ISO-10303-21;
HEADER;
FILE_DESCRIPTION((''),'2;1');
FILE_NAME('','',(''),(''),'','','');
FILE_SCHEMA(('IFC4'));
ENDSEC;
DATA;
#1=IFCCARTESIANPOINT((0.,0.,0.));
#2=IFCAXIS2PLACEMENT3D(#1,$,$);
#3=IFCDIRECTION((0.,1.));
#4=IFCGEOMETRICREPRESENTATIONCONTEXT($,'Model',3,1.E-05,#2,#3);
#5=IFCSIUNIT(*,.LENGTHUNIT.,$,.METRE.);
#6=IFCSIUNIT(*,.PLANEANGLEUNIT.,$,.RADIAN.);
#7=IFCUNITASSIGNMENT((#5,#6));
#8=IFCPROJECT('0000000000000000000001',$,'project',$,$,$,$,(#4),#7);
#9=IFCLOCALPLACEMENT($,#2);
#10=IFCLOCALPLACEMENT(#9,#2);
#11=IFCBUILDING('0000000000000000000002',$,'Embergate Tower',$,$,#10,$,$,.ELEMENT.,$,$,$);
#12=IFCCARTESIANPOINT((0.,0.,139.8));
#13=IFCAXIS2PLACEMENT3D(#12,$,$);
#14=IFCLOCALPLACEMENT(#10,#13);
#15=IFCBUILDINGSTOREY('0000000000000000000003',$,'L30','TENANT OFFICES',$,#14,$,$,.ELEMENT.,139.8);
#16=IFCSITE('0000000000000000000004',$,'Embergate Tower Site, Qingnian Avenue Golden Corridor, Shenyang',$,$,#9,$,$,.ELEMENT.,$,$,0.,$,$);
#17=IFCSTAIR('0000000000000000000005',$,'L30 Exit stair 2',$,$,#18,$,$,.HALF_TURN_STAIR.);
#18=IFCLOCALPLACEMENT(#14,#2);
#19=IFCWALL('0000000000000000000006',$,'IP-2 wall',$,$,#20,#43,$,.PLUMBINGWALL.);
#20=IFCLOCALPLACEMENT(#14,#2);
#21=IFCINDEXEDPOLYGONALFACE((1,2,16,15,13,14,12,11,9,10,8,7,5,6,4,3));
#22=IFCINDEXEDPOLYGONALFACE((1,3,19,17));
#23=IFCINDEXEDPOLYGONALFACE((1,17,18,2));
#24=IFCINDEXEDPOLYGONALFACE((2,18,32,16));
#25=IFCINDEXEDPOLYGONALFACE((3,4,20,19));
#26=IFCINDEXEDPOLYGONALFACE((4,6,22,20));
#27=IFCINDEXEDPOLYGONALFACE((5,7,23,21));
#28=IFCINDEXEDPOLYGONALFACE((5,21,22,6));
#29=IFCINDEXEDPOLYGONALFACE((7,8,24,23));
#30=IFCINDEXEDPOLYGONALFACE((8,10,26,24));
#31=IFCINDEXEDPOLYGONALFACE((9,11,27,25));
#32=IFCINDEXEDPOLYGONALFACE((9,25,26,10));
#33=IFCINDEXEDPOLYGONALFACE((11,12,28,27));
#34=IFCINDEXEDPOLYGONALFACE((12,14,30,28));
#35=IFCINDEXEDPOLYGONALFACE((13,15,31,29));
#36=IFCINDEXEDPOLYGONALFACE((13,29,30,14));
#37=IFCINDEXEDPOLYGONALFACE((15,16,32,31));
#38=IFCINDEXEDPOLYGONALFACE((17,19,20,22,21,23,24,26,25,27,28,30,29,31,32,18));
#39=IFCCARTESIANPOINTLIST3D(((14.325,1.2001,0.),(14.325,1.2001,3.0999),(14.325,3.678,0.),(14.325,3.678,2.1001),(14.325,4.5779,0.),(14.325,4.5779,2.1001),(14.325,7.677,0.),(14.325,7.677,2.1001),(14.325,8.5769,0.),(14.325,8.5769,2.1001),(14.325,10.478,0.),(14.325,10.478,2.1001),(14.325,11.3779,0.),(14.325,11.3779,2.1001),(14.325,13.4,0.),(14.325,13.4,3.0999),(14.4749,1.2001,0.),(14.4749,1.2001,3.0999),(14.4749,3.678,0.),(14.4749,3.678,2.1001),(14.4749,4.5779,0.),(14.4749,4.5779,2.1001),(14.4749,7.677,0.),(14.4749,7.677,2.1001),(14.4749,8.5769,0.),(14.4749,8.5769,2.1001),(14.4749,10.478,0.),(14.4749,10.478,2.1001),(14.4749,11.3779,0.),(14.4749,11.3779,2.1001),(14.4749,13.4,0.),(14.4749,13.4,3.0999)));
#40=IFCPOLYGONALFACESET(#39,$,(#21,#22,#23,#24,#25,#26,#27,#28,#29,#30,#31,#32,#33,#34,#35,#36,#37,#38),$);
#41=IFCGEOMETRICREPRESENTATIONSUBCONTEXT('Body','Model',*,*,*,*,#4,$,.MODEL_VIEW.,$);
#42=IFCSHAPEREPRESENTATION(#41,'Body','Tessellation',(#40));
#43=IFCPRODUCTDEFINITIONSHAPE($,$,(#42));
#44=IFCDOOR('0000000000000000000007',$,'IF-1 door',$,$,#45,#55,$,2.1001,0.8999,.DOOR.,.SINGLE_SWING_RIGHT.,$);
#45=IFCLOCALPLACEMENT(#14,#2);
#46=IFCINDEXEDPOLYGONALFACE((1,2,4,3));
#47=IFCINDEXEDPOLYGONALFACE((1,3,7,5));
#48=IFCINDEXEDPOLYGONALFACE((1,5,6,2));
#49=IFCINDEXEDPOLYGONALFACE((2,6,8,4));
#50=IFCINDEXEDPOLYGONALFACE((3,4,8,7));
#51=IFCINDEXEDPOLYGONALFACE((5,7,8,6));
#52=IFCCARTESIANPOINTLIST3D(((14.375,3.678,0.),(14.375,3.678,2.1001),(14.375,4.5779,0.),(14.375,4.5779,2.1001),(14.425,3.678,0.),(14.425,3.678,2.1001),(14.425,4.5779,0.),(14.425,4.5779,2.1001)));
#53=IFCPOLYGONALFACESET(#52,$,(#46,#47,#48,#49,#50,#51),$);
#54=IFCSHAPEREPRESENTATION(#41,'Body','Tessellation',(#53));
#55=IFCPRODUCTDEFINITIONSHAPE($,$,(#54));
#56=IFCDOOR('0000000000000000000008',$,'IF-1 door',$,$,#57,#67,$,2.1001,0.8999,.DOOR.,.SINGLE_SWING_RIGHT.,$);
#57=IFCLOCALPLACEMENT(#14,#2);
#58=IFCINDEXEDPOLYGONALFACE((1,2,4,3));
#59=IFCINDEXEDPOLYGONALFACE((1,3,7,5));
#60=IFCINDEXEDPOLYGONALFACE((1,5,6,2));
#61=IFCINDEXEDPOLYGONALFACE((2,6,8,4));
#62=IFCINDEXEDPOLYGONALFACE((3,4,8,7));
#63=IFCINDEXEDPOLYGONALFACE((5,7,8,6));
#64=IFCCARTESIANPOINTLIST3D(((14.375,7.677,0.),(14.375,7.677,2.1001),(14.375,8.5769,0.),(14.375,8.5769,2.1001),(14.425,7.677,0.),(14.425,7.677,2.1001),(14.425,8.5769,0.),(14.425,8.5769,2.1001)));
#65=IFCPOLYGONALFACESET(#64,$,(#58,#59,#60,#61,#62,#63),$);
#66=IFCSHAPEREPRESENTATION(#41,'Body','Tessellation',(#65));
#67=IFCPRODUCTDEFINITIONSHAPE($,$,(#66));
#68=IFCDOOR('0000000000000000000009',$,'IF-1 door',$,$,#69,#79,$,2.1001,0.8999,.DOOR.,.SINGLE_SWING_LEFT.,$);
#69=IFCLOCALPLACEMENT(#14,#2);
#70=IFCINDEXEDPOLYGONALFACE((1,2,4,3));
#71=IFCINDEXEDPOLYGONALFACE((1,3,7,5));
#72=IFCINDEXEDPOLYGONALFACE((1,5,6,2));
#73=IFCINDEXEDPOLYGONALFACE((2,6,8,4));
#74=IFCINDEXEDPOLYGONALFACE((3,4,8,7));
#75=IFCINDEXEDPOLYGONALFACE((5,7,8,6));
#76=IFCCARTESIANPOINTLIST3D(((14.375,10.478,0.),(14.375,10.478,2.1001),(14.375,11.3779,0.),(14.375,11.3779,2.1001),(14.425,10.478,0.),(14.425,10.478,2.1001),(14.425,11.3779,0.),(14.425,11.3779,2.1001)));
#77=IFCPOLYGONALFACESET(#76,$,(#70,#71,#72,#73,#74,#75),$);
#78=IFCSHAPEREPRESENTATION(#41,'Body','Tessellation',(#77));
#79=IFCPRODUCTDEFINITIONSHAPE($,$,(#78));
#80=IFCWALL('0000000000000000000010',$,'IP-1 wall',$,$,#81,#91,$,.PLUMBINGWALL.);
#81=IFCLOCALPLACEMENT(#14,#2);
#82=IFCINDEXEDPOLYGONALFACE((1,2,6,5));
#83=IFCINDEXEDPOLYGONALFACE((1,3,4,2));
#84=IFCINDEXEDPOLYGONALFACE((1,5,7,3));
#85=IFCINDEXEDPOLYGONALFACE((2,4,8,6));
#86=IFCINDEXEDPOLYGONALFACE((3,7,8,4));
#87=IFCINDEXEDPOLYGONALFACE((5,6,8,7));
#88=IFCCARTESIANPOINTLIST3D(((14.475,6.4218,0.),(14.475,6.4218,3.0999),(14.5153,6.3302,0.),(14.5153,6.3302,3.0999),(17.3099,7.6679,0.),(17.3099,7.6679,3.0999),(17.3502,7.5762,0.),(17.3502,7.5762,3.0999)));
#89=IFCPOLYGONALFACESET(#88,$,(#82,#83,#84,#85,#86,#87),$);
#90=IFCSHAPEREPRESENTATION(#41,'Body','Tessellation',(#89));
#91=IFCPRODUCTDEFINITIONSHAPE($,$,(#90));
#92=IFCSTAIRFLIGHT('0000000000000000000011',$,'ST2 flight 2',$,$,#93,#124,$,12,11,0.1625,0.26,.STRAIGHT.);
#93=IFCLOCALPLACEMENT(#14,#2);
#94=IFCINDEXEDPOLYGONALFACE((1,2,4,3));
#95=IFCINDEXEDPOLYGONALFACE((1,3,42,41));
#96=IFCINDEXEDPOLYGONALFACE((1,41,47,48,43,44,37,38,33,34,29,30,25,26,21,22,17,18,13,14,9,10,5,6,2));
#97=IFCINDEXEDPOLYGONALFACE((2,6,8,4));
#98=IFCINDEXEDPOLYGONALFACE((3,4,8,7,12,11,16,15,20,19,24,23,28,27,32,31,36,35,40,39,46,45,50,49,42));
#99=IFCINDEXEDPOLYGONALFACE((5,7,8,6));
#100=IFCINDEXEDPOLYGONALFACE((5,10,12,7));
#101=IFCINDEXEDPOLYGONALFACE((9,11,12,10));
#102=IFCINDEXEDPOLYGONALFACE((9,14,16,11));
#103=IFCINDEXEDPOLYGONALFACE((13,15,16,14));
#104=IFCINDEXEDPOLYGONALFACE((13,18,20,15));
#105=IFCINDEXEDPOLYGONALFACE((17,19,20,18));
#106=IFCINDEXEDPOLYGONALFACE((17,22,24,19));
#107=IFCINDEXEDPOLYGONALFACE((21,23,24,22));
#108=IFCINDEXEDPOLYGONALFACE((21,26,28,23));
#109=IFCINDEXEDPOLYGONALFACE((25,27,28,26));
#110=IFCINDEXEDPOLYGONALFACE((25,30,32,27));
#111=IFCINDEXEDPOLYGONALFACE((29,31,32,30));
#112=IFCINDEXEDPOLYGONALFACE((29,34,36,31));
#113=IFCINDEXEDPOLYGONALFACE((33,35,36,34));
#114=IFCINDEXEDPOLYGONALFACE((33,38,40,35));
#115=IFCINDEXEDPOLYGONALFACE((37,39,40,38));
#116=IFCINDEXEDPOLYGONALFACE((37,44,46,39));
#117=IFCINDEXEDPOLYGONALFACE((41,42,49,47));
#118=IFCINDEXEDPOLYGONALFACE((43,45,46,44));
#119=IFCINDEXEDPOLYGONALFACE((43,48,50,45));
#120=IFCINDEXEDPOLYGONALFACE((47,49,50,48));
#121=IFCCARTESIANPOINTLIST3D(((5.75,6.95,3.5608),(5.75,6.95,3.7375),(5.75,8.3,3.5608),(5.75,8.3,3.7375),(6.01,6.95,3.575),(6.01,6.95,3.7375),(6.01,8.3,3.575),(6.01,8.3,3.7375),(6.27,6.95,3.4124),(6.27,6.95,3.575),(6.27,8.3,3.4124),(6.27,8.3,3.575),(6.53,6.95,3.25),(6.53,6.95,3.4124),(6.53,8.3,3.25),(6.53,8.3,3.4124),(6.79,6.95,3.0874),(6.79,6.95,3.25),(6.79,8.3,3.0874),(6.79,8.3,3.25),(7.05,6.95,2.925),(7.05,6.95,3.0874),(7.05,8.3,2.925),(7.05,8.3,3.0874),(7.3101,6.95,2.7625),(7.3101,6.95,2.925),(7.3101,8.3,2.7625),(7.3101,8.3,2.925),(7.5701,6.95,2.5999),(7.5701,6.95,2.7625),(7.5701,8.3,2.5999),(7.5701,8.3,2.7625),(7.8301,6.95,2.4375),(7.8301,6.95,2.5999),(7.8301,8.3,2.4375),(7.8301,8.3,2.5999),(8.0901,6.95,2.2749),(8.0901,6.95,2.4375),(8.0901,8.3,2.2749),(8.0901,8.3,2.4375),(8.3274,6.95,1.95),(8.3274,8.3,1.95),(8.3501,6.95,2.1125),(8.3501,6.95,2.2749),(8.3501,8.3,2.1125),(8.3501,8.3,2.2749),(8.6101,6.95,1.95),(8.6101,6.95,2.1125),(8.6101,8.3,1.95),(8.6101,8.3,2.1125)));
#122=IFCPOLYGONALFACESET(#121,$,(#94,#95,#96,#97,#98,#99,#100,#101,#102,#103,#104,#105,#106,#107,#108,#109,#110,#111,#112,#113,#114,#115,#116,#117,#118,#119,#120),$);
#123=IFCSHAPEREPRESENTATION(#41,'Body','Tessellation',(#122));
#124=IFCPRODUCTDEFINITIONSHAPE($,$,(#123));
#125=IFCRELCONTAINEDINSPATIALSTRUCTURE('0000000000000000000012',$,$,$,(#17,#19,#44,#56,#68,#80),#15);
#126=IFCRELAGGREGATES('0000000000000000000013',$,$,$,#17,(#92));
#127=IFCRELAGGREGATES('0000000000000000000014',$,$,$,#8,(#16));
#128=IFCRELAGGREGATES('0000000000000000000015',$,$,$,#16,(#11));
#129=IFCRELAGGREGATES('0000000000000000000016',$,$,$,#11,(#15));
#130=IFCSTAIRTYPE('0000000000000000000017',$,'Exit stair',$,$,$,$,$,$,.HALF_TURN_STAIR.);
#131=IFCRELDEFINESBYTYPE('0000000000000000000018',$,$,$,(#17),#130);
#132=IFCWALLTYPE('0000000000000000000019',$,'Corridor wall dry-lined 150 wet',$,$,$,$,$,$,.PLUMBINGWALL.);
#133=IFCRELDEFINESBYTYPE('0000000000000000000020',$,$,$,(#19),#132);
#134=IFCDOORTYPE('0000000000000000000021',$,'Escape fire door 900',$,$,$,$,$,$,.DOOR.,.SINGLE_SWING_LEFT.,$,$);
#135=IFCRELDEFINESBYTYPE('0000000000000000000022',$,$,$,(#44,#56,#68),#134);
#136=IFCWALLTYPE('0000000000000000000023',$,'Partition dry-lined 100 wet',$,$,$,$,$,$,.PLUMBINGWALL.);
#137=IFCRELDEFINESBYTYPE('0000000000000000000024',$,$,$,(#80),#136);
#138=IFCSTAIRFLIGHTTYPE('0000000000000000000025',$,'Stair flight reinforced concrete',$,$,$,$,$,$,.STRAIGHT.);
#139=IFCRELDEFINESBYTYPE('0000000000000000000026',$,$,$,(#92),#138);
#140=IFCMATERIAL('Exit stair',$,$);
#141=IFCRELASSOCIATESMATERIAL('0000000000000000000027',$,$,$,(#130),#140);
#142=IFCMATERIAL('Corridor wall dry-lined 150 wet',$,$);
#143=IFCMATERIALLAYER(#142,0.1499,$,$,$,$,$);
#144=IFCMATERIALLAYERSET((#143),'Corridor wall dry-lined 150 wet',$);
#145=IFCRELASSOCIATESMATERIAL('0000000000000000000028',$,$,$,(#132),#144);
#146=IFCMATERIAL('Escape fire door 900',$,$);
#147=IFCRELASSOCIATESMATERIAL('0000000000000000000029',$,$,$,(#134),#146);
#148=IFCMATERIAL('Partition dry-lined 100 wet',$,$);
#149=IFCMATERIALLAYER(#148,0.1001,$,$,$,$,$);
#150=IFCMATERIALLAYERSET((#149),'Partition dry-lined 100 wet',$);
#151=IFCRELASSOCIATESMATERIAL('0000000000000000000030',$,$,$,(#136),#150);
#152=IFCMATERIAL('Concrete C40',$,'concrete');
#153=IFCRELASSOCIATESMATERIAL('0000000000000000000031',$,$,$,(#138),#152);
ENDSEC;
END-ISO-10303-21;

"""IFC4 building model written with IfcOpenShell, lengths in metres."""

from ifc_helpers import new_model, si_unit, direction, frame, frame_2d, origin, place, context, subcontext, project, spatial, polyline, rectangle, outline, extrude, source, transform, mapped, material, layer, layer_set, type_object, element, fill, aggregate, save


model = new_model("IFC4")

# Units and contexts
model_context = context("Model", 3, precision=1e-05, world=origin(), true_north=direction((0.0, 1.0)))
body_context = subcontext(model_context, "Body", "Model", "MODEL_VIEW")
ifc_project = project(units=[si_unit("LENGTHUNIT", "METRE"), si_unit("PLANEANGLEUNIT", "RADIAN")], contexts=[model_context])

# Site, building, storey
site_placement = place(None, origin())
site = spatial("IfcSite", under=ifc_project, at=site_placement, Name="Embergate Tower Site, Qingnian Avenue Golden Corridor, Shenyang", CompositionType="ELEMENT", RefElevation=0.0)
building_placement = place(site_placement, origin())
building = spatial("IfcBuilding", under=site, at=building_placement, Name="Embergate Tower", CompositionType="ELEMENT")
storey_placement = place(building_placement, frame((0.0, 0.0, 139.8)))
storey = spatial("IfcBuildingStorey", under=building, at=storey_placement, Name="L30", Description="TENANT OFFICES", CompositionType="ELEMENT", Elevation=139.8)

# Stair
ifc_material_1 = material(Name="Exit stair")
stair_type = type_object("IfcStairType", Name="Exit stair", PredefinedType="HALF_TURN_STAIR", material=ifc_material_1)
stair_placement = place(storey_placement, origin())
stair = element("IfcStair", 1, at=stair_placement, inside=storey, type_object=stair_type, Name="L30 Exit stair 2", PredefinedType="HALF_TURN_STAIR")
ifc_material_2 = material(Name="Concrete C40", Category="concrete")

# Wall, openings, doors
ifc_material_3 = material(Name="Corridor wall dry-lined 150 wet")
ifc_layer_1 = layer(ifc_material_3, 0.1499)
ifc_layer_set_1 = layer_set([ifc_layer_1], Name="Corridor wall dry-lined 150 wet")
wall_type_1 = type_object("IfcWallType", Name="Corridor wall dry-lined 150 wet", PredefinedType="PLUMBINGWALL", material=ifc_layer_set_1)
shared_shape_1 = source(origin(), body_context, "Body", "SweptSolid", [
    extrude(rectangle(XDim=12.2, YDim=0.1499, at=frame_2d((6.1001, 0.0))), origin(), (0.0, 0.0, 1.0), 3.0999),
])
wall_1_placement = place(storey_placement, frame((14.3999, 1.2, 0.0), z_axis=(0.0, 0.0, 1.0), x_axis=(0.0, 1.0, 0.0)))
wall_1 = element("IfcWall", 2, at=wall_1_placement, inside=storey, type_object=wall_type_1, Name="IP-2 wall", PredefinedType="PLUMBINGWALL", context=body_context, shape_type="MappedRepresentation", body=[
    mapped(shared_shape_1, transform((0.0, 0.0, 0.0))),
])
shared_shape_2 = source(origin(), body_context, "Body", "SweptSolid", [
    extrude(rectangle(XDim=0.8999, YDim=2.1001, at=frame_2d((0.45, 1.05))), frame((0.0, 0.085, 0.0), z_axis=(0.0, -1.0, 0.0), x_axis=(1.0, 0.0, 0.0)), (0.0, 0.0, 1.0), 0.1699),
])
opening_1_placement = place(wall_1_placement, frame((2.478, 0.0, 0.0)))
opening_1 = element("IfcOpeningElement", 3, at=opening_1_placement, cuts=wall_1, PredefinedType="OPENING", context=body_context, shape_type="MappedRepresentation", body=[
    mapped(shared_shape_2, transform((0.0, 0.0, 0.0))),
])
opening_2_placement = place(wall_1_placement, frame((6.4771, 0.0, 0.0)))
opening_2 = element("IfcOpeningElement", 4, at=opening_2_placement, cuts=wall_1, PredefinedType="OPENING", context=body_context, shape_type="MappedRepresentation", body=[
    mapped(shared_shape_2, transform((0.0, 0.0, 0.0))),
])
opening_3_placement = place(wall_1_placement, frame((9.2781, 0.0, 0.0)))
opening_3 = element("IfcOpeningElement", 5, at=opening_3_placement, cuts=wall_1, PredefinedType="OPENING", context=body_context, shape_type="MappedRepresentation", body=[
    mapped(shared_shape_2, transform((0.0, 0.0, 0.0))),
])
ifc_material_4 = material(Name="Escape fire door 900")
door_type_1 = type_object("IfcDoorType", Name="Escape fire door 900", OperationType="SINGLE_SWING_LEFT", PredefinedType="DOOR", material=ifc_material_4)
shared_shape_3 = source(origin(), body_context, "Body", "SweptSolid", [
    extrude(rectangle(XDim=0.8999, YDim=2.1001, at=frame_2d((0.45, 1.05))), frame((0.0, 0.0249, 0.0), z_axis=(0.0, -1.0, 0.0), x_axis=(1.0, 0.0, 0.0)), (0.0, 0.0, 1.0), 0.05),
])
door_1_placement = place(opening_1_placement, origin())
door_1 = element("IfcDoor", 6, at=door_1_placement, inside=storey, type_object=door_type_1, Name="IF-1 door", OperationType="SINGLE_SWING_RIGHT", OverallHeight=2.1001, OverallWidth=0.8999, PredefinedType="DOOR", context=body_context, shape_type="MappedRepresentation", body=[
    mapped(shared_shape_3, transform((0.0, 0.0, 0.0))),
])
fill(opening_1, door_1)
door_2_placement = place(opening_2_placement, origin())
door_2 = element("IfcDoor", 7, at=door_2_placement, inside=storey, type_object=door_type_1, Name="IF-1 door", OperationType="SINGLE_SWING_RIGHT", OverallHeight=2.1001, OverallWidth=0.8999, PredefinedType="DOOR", context=body_context, shape_type="MappedRepresentation", body=[
    mapped(shared_shape_3, transform((0.0, 0.0, 0.0))),
])
fill(opening_2, door_2)
door_3_placement = place(opening_3_placement, origin())
door_3 = element("IfcDoor", 8, at=door_3_placement, inside=storey, type_object=door_type_1, Name="IF-1 door", OperationType="SINGLE_SWING_LEFT", OverallHeight=2.1001, OverallWidth=0.8999, PredefinedType="DOOR", context=body_context, shape_type="MappedRepresentation", body=[
    mapped(shared_shape_3, transform((0.0, 0.0, 0.0))),
])
fill(opening_3, door_3)

# Wall
ifc_material_5 = material(Name="Partition dry-lined 100 wet")
ifc_layer_2 = layer(ifc_material_5, 0.1001)
ifc_layer_set_2 = layer_set([ifc_layer_2], Name="Partition dry-lined 100 wet")
wall_type_2 = type_object("IfcWallType", Name="Partition dry-lined 100 wet", PredefinedType="PLUMBINGWALL", material=ifc_layer_set_2)
shared_shape_4 = source(origin(), body_context, "Body", "SweptSolid", [
    extrude(rectangle(XDim=3.0967, YDim=0.1001, at=frame_2d((1.5483, 0.0))), origin(), (0.0, 0.0, 1.0), 3.0999),
])
wall_2_placement = place(storey_placement, frame((14.4951, 6.376, 0.0), z_axis=(0.0, 0.0, 1.0), x_axis=(0.915468, 0.40239, 0.0)))
element("IfcWall", 9, at=wall_2_placement, inside=storey, type_object=wall_type_2, Name="IP-1 wall", PredefinedType="PLUMBINGWALL", context=body_context, shape_type="MappedRepresentation", body=[
    mapped(shared_shape_4, transform((0.0, 0.0, 0.0))),
])

# Stair flight
stair_flight_type = type_object("IfcStairFlightType", Name="Stair flight reinforced concrete", PredefinedType="STRAIGHT", material=ifc_material_2)
shared_shape_5 = source(origin(), body_context, "Body", "SweptSolid", [
    extrude(outline(polyline([(0.0, 0.0), (0.0, 0.1626), (0.26, 0.1626), (0.26, 0.325), (0.52, 0.325), (0.52, 0.4875), (0.78, 0.4875), (0.78, 0.6499), (1.04, 0.6499), (1.04, 0.8125), (1.3, 0.8125), (1.3, 0.9751), (1.5601, 0.9751), (1.5601, 1.1375), (1.8201, 1.1375), (1.8201, 1.3), (2.0801, 1.3), (2.0801, 1.4624), (2.3401, 1.4624), (2.3401, 1.625), (2.6001, 1.625), (2.6001, 1.7876), (2.8601, 1.7876), (2.8601, 1.95), (2.8601, 1.6108), (0.2827, 0.0), (0.0, 0.0)])), frame((0.0, 0.675, 0.0), z_axis=(0.0, -1.0, 0.0), x_axis=(1.0, 0.0, 0.0)), (0.0, 0.0, 1.0), 1.3501),
])
stair_flight_placement = place(storey_placement, frame((8.6101, 7.625, 1.95), z_axis=(0.0, 0.0, 1.0), x_axis=(-1.0, 0.0, 0.0)))
stair_flight = element("IfcStairFlight", 10, at=stair_flight_placement, type_object=stair_flight_type, Name="ST2 flight 2", NumberOfRisers=12, NumberOfTreads=11, PredefinedType="STRAIGHT", RiserHeight=0.1625, TreadLength=0.26, context=body_context, shape_type="MappedRepresentation", body=[
    mapped(shared_shape_5, transform((0.0, 0.0, 0.0))),
])
aggregate(stair, [stair_flight])

save(model, "model.ifc")
